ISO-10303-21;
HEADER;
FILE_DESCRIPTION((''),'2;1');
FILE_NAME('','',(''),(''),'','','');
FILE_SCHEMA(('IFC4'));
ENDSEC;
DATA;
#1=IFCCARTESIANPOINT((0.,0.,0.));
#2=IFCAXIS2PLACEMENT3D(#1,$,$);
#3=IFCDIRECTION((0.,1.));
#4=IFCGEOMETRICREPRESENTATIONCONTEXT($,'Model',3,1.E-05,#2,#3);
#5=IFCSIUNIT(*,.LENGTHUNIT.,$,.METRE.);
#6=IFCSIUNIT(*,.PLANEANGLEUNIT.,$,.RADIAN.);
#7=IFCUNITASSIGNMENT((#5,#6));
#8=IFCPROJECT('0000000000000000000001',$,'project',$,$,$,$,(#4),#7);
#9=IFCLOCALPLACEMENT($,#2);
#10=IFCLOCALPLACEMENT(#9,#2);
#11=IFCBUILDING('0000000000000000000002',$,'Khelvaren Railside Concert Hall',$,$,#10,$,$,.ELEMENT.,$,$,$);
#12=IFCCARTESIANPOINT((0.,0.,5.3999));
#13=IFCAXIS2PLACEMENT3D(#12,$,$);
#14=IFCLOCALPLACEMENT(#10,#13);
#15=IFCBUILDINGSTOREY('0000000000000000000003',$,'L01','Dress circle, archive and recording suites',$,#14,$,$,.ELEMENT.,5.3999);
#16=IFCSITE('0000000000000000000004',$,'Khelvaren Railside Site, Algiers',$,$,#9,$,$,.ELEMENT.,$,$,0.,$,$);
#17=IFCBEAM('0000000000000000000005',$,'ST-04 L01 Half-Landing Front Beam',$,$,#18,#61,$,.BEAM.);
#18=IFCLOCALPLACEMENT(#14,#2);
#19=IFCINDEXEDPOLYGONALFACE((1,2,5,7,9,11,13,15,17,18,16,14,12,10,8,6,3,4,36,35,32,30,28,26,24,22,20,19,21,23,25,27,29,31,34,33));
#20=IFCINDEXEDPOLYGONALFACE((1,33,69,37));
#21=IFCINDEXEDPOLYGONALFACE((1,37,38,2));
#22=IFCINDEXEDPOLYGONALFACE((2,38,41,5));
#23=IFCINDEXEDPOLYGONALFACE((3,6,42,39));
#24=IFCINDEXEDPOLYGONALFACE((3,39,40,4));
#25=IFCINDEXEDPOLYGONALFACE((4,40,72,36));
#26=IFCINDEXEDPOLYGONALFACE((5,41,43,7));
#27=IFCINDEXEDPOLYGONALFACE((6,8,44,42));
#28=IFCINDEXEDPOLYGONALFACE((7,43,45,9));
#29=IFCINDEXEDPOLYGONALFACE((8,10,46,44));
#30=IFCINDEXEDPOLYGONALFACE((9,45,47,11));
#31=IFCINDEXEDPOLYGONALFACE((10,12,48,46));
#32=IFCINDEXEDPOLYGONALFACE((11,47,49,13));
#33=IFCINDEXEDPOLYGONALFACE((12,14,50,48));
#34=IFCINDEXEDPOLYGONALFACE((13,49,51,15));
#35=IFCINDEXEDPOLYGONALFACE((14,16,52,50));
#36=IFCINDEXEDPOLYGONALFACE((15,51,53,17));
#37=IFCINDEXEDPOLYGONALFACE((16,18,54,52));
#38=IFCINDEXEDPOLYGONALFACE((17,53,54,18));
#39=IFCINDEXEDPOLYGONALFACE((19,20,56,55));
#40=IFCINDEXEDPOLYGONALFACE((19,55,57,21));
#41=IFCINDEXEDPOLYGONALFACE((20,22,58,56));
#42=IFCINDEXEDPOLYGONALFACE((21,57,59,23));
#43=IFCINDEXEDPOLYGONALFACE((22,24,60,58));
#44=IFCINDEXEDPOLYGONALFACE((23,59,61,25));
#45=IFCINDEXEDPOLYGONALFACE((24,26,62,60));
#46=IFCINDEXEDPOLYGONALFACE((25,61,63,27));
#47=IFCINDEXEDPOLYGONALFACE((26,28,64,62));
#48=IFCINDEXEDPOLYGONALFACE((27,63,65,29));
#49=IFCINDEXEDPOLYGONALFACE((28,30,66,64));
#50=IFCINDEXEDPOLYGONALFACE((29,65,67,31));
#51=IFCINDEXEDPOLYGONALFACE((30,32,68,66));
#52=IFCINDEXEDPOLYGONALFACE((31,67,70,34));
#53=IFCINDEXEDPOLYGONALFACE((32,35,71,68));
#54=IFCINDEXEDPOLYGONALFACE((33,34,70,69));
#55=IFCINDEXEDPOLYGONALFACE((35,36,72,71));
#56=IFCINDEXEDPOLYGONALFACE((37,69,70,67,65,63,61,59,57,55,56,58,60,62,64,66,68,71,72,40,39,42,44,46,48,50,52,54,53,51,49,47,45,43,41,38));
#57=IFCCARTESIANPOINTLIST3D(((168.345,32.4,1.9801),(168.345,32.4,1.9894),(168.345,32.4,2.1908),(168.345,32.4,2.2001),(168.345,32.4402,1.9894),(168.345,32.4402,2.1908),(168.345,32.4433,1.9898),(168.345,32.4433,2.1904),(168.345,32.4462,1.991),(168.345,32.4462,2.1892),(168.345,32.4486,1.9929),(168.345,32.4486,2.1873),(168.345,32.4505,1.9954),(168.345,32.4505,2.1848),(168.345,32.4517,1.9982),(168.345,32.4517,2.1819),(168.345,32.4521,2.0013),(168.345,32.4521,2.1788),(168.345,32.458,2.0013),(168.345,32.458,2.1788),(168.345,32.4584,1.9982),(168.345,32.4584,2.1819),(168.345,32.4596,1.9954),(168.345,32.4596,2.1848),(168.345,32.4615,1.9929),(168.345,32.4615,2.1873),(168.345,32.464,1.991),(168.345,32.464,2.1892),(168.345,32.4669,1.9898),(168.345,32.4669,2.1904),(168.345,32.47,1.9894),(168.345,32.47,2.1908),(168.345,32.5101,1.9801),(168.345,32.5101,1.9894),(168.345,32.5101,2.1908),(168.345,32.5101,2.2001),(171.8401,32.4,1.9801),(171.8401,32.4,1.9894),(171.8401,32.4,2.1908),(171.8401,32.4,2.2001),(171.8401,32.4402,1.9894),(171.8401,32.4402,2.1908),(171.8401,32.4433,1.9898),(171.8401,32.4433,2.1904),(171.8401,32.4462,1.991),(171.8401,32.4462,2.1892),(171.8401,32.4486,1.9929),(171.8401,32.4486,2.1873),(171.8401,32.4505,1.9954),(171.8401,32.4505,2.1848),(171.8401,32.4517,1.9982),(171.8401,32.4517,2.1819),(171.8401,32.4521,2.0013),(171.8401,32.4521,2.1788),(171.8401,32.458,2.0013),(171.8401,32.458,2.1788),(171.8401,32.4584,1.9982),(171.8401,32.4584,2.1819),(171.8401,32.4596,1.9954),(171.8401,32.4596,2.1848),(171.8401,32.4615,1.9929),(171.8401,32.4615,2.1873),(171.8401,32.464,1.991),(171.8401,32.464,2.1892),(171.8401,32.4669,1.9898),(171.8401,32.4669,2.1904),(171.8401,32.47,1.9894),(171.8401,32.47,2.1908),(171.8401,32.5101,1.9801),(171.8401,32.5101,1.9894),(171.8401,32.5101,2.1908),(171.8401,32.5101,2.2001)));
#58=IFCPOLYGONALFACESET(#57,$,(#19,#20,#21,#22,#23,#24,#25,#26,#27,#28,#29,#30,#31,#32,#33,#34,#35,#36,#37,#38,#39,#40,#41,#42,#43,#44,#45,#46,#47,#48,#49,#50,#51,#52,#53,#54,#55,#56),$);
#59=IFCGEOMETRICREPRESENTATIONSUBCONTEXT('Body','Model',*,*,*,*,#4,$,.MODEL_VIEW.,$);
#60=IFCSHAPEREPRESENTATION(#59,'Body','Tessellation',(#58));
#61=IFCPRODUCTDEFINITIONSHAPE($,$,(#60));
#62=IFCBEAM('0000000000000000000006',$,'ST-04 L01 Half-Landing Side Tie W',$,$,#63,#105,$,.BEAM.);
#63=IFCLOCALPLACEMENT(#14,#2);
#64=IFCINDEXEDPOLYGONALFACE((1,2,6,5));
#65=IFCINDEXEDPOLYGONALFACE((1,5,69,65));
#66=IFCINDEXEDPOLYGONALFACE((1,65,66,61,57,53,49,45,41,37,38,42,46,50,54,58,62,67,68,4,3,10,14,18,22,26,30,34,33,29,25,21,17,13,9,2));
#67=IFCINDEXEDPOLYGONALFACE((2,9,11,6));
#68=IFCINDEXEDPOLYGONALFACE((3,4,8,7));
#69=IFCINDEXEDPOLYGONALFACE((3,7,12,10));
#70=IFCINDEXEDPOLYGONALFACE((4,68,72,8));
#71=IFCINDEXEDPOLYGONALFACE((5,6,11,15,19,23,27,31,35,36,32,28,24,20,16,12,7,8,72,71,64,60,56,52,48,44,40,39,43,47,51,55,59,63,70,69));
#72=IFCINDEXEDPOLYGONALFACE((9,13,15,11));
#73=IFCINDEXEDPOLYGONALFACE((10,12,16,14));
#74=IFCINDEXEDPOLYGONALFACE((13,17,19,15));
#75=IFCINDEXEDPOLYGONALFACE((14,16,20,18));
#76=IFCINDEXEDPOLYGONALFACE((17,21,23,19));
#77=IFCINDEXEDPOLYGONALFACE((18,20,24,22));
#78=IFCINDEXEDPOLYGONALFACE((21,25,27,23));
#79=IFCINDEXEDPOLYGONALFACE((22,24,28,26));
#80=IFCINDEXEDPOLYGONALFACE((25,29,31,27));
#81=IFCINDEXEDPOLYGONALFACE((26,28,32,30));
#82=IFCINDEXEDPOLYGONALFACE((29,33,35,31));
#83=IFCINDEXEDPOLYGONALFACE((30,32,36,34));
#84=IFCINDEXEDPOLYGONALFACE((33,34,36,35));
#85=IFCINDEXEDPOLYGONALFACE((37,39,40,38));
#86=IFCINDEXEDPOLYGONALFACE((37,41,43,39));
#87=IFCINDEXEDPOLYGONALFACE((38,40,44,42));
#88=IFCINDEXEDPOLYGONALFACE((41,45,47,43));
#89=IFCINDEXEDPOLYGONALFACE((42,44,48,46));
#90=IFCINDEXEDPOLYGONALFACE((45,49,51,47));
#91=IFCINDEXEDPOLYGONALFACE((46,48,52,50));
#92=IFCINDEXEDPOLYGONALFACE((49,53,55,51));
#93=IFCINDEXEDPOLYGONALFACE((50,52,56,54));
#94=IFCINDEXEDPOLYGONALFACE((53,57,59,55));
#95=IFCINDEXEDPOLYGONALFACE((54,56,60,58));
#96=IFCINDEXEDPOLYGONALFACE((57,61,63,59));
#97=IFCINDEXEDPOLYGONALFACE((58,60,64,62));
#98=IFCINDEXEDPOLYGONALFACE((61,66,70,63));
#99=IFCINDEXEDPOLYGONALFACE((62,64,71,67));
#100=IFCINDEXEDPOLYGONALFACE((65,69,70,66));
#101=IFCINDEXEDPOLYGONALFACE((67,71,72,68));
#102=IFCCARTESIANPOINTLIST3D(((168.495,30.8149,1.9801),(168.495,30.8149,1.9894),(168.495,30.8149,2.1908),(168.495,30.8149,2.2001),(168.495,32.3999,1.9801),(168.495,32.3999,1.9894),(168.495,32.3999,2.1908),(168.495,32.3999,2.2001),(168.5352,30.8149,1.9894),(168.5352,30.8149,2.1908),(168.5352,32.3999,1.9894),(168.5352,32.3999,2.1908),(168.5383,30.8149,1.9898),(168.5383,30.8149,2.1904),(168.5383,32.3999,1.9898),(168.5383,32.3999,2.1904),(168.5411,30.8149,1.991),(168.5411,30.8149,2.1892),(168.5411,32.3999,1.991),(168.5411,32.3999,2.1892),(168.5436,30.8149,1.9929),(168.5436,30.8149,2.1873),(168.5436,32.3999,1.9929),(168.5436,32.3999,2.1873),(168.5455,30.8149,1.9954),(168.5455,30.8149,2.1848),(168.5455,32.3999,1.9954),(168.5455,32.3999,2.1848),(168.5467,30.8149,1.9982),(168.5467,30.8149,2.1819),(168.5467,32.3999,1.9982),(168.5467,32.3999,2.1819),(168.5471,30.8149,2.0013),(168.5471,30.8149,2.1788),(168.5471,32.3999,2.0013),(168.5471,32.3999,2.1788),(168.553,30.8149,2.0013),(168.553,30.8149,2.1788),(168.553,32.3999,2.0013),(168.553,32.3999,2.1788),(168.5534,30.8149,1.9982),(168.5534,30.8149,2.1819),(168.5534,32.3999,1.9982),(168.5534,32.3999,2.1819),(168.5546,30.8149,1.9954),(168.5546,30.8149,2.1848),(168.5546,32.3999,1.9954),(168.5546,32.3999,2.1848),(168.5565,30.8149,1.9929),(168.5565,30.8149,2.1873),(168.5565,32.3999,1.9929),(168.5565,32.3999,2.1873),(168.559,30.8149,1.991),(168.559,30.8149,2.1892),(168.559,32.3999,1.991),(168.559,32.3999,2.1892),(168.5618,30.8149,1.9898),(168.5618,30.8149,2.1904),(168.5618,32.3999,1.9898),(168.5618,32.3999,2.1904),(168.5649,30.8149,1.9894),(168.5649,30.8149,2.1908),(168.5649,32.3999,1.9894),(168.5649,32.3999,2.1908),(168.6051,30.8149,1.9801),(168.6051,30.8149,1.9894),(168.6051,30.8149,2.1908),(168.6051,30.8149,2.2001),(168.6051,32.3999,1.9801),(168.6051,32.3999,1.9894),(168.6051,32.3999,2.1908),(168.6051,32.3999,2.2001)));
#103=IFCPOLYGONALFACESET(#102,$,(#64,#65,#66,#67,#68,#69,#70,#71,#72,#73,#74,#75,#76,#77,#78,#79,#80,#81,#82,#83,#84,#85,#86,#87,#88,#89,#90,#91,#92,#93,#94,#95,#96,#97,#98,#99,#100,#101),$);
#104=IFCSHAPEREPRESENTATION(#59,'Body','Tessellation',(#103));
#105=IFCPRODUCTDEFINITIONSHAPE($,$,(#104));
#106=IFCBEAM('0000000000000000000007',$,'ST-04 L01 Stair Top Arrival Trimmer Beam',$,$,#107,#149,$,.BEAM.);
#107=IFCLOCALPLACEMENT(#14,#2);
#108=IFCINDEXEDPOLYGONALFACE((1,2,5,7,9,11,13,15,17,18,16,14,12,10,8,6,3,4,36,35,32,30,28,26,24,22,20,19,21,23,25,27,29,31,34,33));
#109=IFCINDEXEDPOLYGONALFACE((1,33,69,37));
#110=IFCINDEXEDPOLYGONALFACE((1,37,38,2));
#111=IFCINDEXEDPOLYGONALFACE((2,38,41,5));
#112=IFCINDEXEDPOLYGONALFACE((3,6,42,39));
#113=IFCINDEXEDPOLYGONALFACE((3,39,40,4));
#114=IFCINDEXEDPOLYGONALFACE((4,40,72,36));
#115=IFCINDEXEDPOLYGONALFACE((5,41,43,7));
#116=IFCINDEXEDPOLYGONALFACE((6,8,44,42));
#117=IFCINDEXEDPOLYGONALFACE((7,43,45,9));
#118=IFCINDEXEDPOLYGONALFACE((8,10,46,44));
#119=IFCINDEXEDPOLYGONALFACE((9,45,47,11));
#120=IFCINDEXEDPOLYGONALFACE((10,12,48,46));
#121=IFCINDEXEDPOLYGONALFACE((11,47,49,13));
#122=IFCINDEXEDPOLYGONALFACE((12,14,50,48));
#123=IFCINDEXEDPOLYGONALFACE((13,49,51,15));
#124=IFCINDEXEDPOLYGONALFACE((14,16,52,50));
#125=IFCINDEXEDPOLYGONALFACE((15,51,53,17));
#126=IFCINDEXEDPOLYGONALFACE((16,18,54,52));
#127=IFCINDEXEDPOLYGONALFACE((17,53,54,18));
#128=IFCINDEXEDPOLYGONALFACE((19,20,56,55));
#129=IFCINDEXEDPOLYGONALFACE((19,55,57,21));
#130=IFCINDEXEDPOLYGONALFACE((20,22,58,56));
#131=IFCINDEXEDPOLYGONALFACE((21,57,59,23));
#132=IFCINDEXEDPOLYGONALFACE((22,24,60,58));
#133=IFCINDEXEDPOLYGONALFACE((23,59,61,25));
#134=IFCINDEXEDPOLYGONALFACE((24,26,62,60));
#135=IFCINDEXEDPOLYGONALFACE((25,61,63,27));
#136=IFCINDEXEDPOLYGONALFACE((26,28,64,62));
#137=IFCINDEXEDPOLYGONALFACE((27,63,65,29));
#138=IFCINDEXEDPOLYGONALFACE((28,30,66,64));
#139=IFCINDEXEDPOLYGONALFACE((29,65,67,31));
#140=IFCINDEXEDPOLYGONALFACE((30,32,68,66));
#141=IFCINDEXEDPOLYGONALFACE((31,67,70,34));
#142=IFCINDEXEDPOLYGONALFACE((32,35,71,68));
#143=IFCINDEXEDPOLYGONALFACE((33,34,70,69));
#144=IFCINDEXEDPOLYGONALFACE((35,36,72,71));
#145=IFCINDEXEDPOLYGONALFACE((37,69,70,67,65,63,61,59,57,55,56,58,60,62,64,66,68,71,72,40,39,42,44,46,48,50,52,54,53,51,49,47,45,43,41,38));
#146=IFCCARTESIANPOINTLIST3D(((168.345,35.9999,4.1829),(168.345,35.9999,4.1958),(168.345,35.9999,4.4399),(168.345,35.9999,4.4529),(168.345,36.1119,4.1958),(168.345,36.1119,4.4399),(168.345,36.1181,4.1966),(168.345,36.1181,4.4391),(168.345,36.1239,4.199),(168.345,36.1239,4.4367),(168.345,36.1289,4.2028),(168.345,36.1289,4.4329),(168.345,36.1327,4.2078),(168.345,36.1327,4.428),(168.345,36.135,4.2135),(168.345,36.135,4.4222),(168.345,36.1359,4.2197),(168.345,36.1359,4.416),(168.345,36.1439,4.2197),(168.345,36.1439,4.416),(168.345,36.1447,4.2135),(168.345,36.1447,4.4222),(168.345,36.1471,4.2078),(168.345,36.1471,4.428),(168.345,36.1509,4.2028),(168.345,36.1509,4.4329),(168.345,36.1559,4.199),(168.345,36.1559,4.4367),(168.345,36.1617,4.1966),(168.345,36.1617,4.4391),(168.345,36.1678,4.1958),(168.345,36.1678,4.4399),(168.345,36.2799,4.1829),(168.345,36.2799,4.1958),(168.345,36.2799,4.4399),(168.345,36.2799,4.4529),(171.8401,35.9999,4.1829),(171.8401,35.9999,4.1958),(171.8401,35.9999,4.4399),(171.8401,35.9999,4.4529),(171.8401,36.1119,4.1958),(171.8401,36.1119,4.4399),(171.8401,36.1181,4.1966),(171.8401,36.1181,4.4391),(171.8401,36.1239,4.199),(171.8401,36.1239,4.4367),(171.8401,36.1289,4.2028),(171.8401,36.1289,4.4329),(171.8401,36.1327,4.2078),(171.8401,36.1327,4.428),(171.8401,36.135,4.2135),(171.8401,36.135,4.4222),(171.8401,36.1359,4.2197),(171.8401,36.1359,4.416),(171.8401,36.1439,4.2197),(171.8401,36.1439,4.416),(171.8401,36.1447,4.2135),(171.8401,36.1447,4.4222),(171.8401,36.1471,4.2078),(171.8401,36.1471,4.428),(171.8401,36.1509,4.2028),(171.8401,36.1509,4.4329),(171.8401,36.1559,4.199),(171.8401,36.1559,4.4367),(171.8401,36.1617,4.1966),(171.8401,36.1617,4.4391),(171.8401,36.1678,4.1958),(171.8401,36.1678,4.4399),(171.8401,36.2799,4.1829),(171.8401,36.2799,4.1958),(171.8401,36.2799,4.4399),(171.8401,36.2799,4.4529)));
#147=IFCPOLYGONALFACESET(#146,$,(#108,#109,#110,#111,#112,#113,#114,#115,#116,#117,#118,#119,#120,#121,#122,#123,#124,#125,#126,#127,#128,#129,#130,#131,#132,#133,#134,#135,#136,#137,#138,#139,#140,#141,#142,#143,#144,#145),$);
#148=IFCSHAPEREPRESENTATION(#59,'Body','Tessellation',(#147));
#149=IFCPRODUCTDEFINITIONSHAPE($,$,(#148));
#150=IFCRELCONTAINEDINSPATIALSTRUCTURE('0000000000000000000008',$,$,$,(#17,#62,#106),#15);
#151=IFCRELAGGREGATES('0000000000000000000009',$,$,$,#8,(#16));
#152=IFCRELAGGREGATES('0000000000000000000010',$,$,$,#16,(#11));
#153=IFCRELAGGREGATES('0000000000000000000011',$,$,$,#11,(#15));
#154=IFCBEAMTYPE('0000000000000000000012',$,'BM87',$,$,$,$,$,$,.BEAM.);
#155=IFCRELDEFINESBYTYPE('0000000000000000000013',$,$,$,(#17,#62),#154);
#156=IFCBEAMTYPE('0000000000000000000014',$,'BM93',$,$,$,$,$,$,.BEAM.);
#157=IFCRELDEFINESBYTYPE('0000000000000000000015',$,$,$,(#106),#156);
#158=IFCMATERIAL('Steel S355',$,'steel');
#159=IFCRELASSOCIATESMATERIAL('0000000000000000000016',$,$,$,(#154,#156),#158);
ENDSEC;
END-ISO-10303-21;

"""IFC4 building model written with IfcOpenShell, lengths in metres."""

from ifc_helpers import new_model, si_unit, direction, frame, origin, origin_2d, place, context, subcontext, project, spatial, i_section, extrude, material, material_profile, profile_set, type_object, element, save


model = new_model("IFC4")

# Units and contexts
model_context = context("Model", 3, precision=1e-05, world=origin(), true_north=direction((0.0, 1.0)))
body_context = subcontext(model_context, "Body", "Model", "MODEL_VIEW")
ifc_project = project(units=[si_unit("LENGTHUNIT", "METRE"), si_unit("PLANEANGLEUNIT", "RADIAN")], contexts=[model_context])

# Site, building, storey
site_placement = place(None, origin())
site = spatial("IfcSite", under=ifc_project, at=site_placement, Name="Khelvaren Railside Site, Algiers", CompositionType="ELEMENT", RefElevation=0.0)
building_placement = place(site_placement, origin())
building = spatial("IfcBuilding", under=site, at=building_placement, Name="Khelvaren Railside Concert Hall", CompositionType="ELEMENT")
storey_placement = place(building_placement, frame((0.0, 0.0, 5.3999)))
storey = spatial("IfcBuildingStorey", under=building, at=storey_placement, Name="L01", Description="Dress circle, archive and recording suites", CompositionType="ELEMENT", Elevation=5.3999)

# Shared definitions
ifc_material_1 = material(Name="Steel S355", Category="steel")

# Beams
ifc_material_profile_1 = material_profile(ifc_material_1, i_section(OverallWidth=0.1101, OverallDepth=0.22, WebThickness=0.0059, FlangeThickness=0.0093, FilletRadius=0.012, at=origin_2d()), Name="IPE 220")
ifc_profile_set_1 = profile_set([ifc_material_profile_1], Name="Steel S355")
beam_type_1 = type_object("IfcBeamType", Name="BM87", PredefinedType="BEAM", material=ifc_profile_set_1)
beam_1_placement = place(storey_placement, frame((168.345, 32.4551, 2.0901), z_axis=(1.0, 0.0, 0.0), x_axis=(0.0, 1.0, 0.0)))
element("IfcBeam", 1, at=beam_1_placement, inside=storey, type_object=beam_type_1, Name="ST-04 L01 Half-Landing Front Beam", PredefinedType="BEAM", context=body_context, shape_type="SweptSolid", body=[
    extrude(i_section(OverallWidth=0.1101, OverallDepth=0.22, WebThickness=0.0059, FlangeThickness=0.0093, FilletRadius=0.012, at=origin_2d()), origin(), (0.0, 0.0, 1.0), 3.4951),
])
beam_2_placement = place(storey_placement, frame((168.55, 30.8149, 2.0901), z_axis=(0.0, 1.0, 0.0), x_axis=(-1.0, 0.0, 0.0)))
element("IfcBeam", 2, at=beam_2_placement, inside=storey, type_object=beam_type_1, Name="ST-04 L01 Half-Landing Side Tie W", PredefinedType="BEAM", context=body_context, shape_type="SweptSolid", body=[
    extrude(i_section(OverallWidth=0.1101, OverallDepth=0.22, WebThickness=0.0059, FlangeThickness=0.0093, FilletRadius=0.012, at=origin_2d()), origin(), (0.0, 0.0, 1.0), 1.585),
])
ifc_material_profile_2 = material_profile(ifc_material_1, i_section(OverallWidth=0.28, OverallDepth=0.27, WebThickness=0.0081, FlangeThickness=0.0129, FilletRadius=0.0239, at=origin_2d()), Name="HEA 280")
ifc_profile_set_2 = profile_set([ifc_material_profile_2], Name="Steel S355")
beam_type_2 = type_object("IfcBeamType", Name="BM93", PredefinedType="BEAM", material=ifc_profile_set_2)
beam_3_placement = place(storey_placement, frame((168.345, 36.1399, 4.3179), z_axis=(1.0, 0.0, 0.0), x_axis=(0.0, 1.0, 0.0)))
element("IfcBeam", 3, at=beam_3_placement, inside=storey, type_object=beam_type_2, Name="ST-04 L01 Stair Top Arrival Trimmer Beam", PredefinedType="BEAM", context=body_context, shape_type="SweptSolid", body=[
    extrude(i_section(OverallWidth=0.28, OverallDepth=0.27, WebThickness=0.0081, FlangeThickness=0.0129, FilletRadius=0.0239, at=origin_2d()), origin(), (0.0, 0.0, 1.0), 3.4951),
])

save(model, "model.ifc")
